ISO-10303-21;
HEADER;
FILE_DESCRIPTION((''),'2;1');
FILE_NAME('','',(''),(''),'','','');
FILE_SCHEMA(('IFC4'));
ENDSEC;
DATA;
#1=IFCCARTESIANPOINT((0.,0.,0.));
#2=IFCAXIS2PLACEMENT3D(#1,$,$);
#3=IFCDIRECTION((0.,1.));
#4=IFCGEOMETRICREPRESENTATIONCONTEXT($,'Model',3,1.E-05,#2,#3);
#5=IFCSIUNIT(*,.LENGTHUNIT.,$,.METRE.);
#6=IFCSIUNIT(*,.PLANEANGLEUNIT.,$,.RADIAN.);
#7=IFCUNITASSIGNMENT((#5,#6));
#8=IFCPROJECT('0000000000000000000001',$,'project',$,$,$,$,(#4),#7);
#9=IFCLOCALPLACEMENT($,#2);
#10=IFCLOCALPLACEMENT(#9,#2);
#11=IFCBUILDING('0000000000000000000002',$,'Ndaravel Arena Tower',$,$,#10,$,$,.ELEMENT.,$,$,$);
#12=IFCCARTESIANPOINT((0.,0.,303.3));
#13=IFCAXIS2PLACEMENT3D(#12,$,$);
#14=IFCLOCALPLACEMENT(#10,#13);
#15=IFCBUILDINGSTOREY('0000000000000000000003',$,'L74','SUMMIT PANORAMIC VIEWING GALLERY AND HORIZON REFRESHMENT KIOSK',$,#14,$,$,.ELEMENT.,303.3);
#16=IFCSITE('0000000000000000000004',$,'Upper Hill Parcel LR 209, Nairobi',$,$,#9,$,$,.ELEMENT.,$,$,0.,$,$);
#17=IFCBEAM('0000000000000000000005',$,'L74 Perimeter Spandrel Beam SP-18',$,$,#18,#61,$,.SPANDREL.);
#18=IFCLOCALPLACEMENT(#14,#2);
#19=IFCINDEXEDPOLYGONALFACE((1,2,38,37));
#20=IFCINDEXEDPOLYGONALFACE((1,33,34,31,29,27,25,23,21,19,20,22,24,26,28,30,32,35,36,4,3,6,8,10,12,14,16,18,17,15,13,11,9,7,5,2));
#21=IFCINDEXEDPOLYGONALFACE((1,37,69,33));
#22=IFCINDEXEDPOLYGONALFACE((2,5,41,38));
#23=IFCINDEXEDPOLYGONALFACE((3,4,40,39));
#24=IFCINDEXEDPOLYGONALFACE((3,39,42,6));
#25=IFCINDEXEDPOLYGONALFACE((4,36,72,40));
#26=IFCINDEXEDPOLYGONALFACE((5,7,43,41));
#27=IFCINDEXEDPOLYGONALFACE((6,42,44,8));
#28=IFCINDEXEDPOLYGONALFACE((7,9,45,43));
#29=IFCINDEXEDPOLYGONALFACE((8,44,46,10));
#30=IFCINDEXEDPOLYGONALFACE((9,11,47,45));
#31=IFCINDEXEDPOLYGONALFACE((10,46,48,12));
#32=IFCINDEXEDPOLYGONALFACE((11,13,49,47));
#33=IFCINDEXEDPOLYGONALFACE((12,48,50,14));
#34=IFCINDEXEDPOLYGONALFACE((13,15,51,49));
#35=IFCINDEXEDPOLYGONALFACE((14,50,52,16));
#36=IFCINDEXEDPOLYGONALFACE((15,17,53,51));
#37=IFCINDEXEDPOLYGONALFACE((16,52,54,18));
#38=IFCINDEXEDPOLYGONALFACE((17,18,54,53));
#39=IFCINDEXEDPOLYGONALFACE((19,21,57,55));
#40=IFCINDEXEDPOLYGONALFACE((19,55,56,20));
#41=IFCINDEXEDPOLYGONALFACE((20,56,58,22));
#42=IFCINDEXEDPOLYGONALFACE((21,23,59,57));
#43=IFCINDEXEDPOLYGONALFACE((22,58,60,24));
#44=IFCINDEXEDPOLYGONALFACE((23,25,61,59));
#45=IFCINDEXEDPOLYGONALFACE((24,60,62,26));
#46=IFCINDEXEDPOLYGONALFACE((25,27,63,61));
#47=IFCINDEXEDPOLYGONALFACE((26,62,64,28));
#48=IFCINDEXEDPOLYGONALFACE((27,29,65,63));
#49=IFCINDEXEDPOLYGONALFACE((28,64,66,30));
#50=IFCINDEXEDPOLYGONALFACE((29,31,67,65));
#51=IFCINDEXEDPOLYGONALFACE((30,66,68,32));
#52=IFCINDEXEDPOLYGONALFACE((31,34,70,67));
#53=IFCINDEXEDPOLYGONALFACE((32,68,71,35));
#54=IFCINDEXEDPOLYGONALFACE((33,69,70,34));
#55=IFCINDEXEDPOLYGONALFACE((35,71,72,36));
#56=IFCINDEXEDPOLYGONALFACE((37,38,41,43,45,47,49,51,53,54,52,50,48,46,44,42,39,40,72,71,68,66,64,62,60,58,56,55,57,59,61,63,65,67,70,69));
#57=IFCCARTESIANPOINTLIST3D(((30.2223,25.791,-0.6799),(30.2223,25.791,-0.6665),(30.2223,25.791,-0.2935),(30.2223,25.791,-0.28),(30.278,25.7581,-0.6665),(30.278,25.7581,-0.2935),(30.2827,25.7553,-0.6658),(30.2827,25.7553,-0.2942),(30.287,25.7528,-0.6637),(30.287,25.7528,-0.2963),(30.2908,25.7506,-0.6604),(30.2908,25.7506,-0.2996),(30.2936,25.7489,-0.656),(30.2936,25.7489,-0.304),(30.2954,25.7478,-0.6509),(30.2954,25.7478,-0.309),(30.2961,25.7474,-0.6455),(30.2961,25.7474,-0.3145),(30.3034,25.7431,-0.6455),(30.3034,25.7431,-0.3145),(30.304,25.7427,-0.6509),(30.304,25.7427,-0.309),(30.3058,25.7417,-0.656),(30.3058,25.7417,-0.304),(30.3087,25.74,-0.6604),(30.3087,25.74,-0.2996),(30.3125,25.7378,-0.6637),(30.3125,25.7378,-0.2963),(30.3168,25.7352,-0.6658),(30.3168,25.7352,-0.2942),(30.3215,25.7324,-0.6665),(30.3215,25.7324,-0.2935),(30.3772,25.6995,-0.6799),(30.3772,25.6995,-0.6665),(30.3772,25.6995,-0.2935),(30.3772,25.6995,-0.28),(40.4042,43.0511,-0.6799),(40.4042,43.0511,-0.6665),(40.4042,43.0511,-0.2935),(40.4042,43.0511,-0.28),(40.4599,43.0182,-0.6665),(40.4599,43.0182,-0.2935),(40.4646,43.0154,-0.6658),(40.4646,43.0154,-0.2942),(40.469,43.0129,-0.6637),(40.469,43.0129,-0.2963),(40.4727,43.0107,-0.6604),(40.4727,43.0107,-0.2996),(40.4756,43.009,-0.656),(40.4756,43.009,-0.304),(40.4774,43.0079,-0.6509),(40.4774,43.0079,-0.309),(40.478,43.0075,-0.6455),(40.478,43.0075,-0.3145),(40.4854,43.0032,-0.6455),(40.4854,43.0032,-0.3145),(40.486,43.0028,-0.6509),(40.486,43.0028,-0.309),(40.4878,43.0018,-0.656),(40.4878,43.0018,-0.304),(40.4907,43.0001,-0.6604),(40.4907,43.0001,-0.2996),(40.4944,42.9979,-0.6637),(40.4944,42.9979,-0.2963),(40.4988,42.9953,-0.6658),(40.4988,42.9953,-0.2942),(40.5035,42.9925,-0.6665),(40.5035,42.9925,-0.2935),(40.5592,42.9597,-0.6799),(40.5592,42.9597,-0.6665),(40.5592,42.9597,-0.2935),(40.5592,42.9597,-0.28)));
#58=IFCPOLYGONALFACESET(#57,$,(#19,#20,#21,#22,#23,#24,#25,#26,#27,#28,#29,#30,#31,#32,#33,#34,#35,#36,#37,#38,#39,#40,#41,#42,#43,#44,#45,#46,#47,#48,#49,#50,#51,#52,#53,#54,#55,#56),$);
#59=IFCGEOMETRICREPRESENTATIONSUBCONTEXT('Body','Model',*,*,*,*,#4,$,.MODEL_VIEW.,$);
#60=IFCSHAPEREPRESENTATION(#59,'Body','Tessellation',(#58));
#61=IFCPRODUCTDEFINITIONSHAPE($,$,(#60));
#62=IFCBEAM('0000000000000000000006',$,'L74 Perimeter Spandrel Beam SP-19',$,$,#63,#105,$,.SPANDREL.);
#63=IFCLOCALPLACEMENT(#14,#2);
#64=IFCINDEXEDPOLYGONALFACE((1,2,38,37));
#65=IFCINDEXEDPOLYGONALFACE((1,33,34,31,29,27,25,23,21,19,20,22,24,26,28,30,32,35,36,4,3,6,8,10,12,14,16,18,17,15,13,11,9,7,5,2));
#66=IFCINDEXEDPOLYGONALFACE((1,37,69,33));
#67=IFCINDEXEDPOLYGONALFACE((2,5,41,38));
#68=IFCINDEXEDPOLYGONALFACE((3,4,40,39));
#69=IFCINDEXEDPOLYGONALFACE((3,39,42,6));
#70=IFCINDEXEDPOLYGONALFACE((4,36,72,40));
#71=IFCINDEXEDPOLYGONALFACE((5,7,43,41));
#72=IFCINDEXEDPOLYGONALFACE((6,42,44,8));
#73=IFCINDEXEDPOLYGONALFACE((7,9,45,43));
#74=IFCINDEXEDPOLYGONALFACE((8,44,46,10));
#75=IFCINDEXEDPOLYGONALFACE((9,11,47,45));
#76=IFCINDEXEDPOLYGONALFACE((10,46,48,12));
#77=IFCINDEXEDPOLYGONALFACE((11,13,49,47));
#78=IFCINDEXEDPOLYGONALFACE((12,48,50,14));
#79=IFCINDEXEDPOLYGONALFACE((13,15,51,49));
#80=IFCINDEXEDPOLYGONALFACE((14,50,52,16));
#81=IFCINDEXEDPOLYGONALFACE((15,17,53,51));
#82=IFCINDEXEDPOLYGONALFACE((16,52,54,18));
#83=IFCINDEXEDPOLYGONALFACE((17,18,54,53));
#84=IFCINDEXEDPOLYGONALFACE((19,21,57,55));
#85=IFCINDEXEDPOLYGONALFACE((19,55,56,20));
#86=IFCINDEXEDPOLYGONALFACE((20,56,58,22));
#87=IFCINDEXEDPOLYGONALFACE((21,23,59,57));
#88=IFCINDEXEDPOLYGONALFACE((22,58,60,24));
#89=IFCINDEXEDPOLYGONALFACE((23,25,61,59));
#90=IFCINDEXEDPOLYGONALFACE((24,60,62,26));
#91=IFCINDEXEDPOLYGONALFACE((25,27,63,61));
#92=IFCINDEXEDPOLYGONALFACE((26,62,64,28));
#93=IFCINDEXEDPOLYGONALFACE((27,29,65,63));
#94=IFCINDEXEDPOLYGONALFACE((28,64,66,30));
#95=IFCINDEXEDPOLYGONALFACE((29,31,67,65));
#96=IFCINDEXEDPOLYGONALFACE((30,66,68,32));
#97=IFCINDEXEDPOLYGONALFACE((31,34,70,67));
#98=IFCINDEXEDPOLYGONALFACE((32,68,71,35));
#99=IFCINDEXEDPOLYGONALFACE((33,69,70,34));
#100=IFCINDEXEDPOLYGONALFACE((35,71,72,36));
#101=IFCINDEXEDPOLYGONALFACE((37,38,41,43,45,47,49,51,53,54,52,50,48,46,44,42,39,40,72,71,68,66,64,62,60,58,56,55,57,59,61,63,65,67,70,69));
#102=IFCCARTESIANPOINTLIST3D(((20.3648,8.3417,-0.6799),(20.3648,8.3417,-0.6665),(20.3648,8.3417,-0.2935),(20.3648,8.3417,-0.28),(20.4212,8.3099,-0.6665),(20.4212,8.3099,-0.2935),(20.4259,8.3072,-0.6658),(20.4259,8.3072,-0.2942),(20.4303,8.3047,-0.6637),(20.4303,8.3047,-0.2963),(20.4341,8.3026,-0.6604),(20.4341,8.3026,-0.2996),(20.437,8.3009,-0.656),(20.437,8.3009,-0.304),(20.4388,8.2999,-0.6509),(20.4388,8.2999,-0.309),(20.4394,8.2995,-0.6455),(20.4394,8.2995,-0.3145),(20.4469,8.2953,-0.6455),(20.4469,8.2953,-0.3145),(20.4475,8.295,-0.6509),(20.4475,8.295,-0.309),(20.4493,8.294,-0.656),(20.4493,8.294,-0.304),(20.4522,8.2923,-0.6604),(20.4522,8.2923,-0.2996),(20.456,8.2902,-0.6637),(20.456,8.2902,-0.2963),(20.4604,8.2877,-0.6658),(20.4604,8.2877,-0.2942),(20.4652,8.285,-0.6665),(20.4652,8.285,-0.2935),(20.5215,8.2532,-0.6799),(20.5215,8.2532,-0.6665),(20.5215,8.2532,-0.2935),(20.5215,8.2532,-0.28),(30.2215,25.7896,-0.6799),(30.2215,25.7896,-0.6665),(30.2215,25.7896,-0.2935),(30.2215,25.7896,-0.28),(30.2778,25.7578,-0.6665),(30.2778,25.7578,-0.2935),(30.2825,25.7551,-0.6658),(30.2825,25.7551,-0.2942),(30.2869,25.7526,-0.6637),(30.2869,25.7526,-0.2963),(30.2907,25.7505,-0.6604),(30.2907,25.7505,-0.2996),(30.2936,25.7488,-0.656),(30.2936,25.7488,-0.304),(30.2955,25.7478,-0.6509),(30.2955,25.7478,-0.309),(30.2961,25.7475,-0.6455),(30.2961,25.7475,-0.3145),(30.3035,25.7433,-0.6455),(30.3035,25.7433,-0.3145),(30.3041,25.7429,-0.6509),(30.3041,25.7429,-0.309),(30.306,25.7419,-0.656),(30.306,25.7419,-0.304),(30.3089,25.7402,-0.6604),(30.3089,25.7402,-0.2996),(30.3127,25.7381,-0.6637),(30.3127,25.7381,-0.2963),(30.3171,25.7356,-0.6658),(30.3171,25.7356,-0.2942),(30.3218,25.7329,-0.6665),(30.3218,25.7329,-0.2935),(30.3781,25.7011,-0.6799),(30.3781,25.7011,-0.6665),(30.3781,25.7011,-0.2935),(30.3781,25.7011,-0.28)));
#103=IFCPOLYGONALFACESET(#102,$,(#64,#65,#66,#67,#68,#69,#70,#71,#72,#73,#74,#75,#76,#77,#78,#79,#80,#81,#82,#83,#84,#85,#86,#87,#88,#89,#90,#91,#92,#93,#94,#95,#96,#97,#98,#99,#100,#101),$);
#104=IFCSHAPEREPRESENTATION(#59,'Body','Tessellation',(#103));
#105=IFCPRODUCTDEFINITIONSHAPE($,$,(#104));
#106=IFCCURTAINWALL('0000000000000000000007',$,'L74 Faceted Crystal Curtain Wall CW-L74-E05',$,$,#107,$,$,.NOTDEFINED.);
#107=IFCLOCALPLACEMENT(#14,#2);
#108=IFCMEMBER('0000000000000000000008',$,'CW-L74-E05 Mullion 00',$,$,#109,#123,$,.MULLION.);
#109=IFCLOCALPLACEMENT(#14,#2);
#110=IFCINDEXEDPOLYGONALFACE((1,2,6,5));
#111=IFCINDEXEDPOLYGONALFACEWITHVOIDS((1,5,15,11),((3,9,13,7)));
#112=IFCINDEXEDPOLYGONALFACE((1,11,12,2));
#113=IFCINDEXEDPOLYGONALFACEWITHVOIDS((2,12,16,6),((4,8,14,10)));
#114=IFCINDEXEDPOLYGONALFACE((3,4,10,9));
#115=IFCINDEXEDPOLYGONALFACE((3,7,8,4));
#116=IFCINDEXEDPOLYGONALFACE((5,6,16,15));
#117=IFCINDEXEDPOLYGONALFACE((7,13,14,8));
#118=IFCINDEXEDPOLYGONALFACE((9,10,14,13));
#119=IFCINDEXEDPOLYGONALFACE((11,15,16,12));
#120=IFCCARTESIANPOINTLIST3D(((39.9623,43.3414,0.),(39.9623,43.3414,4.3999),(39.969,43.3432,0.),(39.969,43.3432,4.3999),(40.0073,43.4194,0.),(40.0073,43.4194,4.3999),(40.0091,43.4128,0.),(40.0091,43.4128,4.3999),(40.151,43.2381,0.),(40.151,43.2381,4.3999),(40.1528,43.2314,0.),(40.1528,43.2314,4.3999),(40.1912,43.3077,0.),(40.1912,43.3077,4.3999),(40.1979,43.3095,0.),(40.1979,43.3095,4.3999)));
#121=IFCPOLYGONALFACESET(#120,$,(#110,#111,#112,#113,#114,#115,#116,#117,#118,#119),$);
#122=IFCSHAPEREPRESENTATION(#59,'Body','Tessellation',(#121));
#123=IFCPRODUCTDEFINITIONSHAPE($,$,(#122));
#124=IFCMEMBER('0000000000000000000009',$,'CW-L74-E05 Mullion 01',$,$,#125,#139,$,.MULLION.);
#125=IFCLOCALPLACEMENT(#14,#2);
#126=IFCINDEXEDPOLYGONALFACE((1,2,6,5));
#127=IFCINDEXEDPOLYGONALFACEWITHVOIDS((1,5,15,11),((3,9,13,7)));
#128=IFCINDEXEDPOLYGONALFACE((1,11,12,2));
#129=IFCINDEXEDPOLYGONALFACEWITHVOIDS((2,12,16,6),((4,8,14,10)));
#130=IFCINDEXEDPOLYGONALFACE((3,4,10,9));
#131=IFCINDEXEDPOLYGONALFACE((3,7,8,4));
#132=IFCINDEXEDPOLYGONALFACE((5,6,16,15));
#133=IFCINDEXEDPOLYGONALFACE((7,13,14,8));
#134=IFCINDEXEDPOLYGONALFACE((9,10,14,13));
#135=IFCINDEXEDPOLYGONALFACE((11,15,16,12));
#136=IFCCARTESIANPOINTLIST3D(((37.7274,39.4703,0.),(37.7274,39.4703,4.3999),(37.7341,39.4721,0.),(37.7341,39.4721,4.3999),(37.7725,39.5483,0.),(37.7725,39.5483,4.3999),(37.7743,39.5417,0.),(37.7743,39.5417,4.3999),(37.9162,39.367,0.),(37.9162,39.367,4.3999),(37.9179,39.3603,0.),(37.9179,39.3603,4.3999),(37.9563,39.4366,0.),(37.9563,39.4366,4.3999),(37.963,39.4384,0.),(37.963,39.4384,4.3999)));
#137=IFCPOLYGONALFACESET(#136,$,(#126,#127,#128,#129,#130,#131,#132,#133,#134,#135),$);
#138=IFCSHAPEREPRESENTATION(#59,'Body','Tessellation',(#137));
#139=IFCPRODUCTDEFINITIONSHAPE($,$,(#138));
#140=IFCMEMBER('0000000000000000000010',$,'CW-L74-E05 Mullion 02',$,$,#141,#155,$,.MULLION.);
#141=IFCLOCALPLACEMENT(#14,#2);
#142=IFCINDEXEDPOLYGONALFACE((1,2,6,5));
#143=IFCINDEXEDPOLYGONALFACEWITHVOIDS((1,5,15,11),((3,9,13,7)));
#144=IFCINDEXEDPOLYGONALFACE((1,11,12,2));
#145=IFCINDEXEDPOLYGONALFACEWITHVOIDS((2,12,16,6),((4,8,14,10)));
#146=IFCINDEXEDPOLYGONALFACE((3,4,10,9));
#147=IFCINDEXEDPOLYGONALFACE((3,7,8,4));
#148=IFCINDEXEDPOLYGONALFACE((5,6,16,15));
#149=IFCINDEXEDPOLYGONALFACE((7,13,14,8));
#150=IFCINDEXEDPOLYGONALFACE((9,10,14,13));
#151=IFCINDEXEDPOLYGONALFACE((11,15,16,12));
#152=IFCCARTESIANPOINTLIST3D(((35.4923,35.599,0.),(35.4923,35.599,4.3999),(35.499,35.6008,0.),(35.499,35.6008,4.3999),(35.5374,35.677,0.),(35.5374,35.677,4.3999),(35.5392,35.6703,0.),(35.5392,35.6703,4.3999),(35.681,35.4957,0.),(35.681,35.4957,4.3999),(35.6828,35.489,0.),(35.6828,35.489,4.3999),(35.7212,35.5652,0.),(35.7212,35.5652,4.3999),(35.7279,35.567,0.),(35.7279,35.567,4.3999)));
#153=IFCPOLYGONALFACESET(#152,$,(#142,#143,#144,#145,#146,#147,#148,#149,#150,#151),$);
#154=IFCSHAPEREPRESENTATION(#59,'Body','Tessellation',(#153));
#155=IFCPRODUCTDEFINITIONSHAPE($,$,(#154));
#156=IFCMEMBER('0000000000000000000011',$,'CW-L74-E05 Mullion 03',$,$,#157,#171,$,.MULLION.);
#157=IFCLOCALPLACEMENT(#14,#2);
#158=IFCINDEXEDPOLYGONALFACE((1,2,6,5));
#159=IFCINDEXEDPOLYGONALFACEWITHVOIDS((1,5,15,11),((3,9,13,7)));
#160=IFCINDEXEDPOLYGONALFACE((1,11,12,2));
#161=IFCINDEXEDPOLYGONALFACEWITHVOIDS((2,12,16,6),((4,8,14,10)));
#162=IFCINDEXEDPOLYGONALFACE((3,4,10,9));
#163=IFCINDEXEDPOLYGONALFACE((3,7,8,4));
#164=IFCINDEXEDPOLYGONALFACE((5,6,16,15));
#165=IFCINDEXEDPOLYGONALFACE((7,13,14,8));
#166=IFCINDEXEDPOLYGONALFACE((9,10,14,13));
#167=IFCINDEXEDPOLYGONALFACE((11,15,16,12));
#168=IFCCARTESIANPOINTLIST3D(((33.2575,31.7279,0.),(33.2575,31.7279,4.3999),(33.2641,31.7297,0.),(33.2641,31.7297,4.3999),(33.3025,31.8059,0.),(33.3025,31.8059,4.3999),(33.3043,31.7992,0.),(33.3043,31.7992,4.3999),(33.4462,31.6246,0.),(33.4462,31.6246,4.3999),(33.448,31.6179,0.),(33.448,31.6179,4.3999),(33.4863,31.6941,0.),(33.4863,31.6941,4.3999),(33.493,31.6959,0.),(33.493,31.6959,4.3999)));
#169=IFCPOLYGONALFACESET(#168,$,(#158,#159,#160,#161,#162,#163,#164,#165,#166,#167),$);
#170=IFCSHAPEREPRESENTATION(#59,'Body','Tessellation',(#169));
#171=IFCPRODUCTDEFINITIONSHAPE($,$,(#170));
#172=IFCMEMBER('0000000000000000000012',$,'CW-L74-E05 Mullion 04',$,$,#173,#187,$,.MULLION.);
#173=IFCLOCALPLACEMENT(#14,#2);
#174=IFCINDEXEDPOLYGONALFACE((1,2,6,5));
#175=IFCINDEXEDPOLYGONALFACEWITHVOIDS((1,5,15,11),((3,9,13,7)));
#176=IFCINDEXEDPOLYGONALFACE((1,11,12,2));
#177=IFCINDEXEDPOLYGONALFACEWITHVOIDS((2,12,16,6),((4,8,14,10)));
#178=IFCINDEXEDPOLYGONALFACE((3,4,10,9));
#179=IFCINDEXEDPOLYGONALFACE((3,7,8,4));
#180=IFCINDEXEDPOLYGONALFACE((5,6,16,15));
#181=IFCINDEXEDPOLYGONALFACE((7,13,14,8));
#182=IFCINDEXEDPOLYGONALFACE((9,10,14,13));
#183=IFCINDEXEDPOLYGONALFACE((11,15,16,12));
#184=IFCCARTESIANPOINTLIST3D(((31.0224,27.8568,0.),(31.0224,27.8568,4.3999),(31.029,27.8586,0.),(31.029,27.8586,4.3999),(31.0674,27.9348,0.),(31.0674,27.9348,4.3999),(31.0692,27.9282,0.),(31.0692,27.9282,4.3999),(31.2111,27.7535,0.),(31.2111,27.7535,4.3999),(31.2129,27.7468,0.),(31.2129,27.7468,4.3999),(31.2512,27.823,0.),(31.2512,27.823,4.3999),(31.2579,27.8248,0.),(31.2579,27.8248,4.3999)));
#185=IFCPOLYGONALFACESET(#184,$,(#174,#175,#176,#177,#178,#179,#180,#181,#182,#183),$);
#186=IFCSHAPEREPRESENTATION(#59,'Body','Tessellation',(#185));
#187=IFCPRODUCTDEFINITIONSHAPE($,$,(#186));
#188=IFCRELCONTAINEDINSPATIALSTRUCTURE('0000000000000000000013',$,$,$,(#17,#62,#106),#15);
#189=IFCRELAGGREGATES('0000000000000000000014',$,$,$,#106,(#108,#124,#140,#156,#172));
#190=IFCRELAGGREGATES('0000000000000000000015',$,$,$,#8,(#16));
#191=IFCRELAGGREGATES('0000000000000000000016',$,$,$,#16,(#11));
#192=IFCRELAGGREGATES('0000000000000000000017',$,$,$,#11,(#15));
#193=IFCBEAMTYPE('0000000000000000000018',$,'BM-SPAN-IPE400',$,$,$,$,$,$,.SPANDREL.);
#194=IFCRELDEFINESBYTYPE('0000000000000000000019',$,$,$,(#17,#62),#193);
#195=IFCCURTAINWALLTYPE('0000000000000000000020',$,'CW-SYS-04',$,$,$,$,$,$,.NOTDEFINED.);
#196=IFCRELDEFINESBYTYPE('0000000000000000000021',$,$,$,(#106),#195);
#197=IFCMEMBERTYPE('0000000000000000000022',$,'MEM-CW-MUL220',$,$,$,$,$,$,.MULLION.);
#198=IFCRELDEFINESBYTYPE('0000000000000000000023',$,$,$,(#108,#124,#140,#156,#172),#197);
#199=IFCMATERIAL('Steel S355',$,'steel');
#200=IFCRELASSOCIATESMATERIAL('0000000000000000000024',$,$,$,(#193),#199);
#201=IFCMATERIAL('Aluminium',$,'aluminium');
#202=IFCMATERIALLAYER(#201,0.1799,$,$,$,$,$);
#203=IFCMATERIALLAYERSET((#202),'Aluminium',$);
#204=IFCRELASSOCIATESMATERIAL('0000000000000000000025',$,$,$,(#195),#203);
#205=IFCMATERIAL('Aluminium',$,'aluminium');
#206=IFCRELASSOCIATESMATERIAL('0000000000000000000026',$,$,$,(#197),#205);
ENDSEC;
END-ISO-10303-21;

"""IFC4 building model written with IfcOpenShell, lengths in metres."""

from ifc_helpers import new_model, si_unit, direction, frame, origin, origin_2d, place, context, subcontext, project, spatial, hollow_rectangle, i_section, extrude, material, layer, layer_set, material_profile, profile_set, type_object, element, aggregate, save


model = new_model("IFC4")

# Units and contexts
model_context = context("Model", 3, precision=1e-05, world=origin(), true_north=direction((0.0, 1.0)))
body_context = subcontext(model_context, "Body", "Model", "MODEL_VIEW")
ifc_project = project(units=[si_unit("LENGTHUNIT", "METRE"), si_unit("PLANEANGLEUNIT", "RADIAN")], contexts=[model_context])

# Site, building, storey
site_placement = place(None, origin())
site = spatial("IfcSite", under=ifc_project, at=site_placement, Name="Upper Hill Parcel LR 209, Nairobi", CompositionType="ELEMENT", RefElevation=0.0)
building_placement = place(site_placement, origin())
building = spatial("IfcBuilding", under=site, at=building_placement, Name="Ndaravel Arena Tower", CompositionType="ELEMENT")
storey_placement = place(building_placement, frame((0.0, 0.0, 303.3)))
storey = spatial("IfcBuildingStorey", under=building, at=storey_placement, Name="L74", Description="SUMMIT PANORAMIC VIEWING GALLERY AND HORIZON REFRESHMENT KIOSK", CompositionType="ELEMENT", Elevation=303.3)

# Beams
ifc_material_1 = material(Name="Steel S355", Category="steel")
ifc_material_profile_1 = material_profile(ifc_material_1, i_section(OverallWidth=0.1799, OverallDepth=0.3999, WebThickness=0.0085, FlangeThickness=0.0134, FilletRadius=0.021, at=origin_2d()), Name="IPE 400")
ifc_profile_set_1 = profile_set([ifc_material_profile_1], Name="Steel S355")
beam_type_1 = type_object("IfcBeamType", Name="BM-SPAN-IPE400", PredefinedType="SPANDREL", material=ifc_profile_set_1)
for number, where, z_axis, x_axis, name in (
    (1, (40.4817, 43.0054, -0.48), (-0.508093, -0.861302, 0.0), (0.861302, -0.508093, 0.0), "L74 Perimeter Spandrel Beam SP-18"),
    (2, (30.2998, 25.7454, -0.48), (-0.49186, -0.870674, 0.0), (0.870674, -0.49186, 0.0), "L74 Perimeter Spandrel Beam SP-19"),
):
    element("IfcBeam", number, at=place(storey_placement, frame(where, z_axis=z_axis, x_axis=x_axis)), inside=storey, type_object=beam_type_1, Name=name, PredefinedType="SPANDREL", context=body_context, shape_type="SweptSolid", body=[
        extrude(i_section(OverallWidth=0.1799, OverallDepth=0.3999, WebThickness=0.0085, FlangeThickness=0.0134, FilletRadius=0.021, at=origin_2d()), origin(), (0.0, 0.0, 1.0), 20.0396),
    ])

# Curtain wall, members
ifc_material_2 = material(Name="Aluminium", Category="aluminium")
ifc_layer_1 = layer(ifc_material_2, 0.1799)
ifc_layer_set_1 = layer_set([ifc_layer_1], Name="Aluminium")
curtain_wall_type = type_object("IfcCurtainWallType", Name="CW-SYS-04", PredefinedType="NOTDEFINED", material=ifc_layer_set_1)
curtain_wall_1_placement = place(storey_placement, origin())
curtain_wall_1 = element("IfcCurtainWall", 3, at=curtain_wall_1_placement, inside=storey, type_object=curtain_wall_type, Name="L74 Faceted Crystal Curtain Wall CW-L74-E05", PredefinedType="NOTDEFINED")
ifc_material_3 = material(Name="Aluminium", Category="aluminium")
ifc_material_profile_2 = material_profile(ifc_material_3, hollow_rectangle(XDim=0.0901, YDim=0.22, WallThickness=0.0049, at=origin_2d()), Name="CW MULLION 90x220x5")
ifc_profile_set_2 = profile_set([ifc_material_profile_2], Name="Aluminium")
member_type_1 = type_object("IfcMemberType", Name="MEM-CW-MUL220", PredefinedType="MULLION", material=ifc_profile_set_2)
member_1_placement = place(storey_placement, frame((40.0801, 43.3254, 0.0), z_axis=(0.0, 0.0, 1.0), x_axis=(-0.5, -0.866025, 0.0)))
member_1 = element("IfcMember", 4, at=member_1_placement, type_object=member_type_1, Name="CW-L74-E05 Mullion 00", PredefinedType="MULLION", context=body_context, shape_type="SweptSolid", body=[
    extrude(hollow_rectangle(XDim=0.0901, YDim=0.22, WallThickness=0.0049, at=origin_2d()), origin(), (0.0, 0.0, 1.0), 4.3999),
])
member_2_placement = place(storey_placement, frame((37.8452, 39.4543, 0.0), z_axis=(0.0, 0.0, 1.0), x_axis=(-0.5, -0.866025, 0.0)))
member_2 = element("IfcMember", 5, at=member_2_placement, type_object=member_type_1, Name="CW-L74-E05 Mullion 01", PredefinedType="MULLION", context=body_context, shape_type="SweptSolid", body=[
    extrude(hollow_rectangle(XDim=0.0901, YDim=0.22, WallThickness=0.0049, at=origin_2d()), origin(), (0.0, 0.0, 1.0), 4.3999),
])
member_3_placement = place(storey_placement, frame((35.6101, 35.583, 0.0), z_axis=(0.0, 0.0, 1.0), x_axis=(-0.5, -0.866025, 0.0)))
member_3 = element("IfcMember", 6, at=member_3_placement, type_object=member_type_1, Name="CW-L74-E05 Mullion 02", PredefinedType="MULLION", context=body_context, shape_type="SweptSolid", body=[
    extrude(hollow_rectangle(XDim=0.0901, YDim=0.22, WallThickness=0.0049, at=origin_2d()), origin(), (0.0, 0.0, 1.0), 4.3999),
])
member_4_placement = place(storey_placement, frame((33.3752, 31.7119, 0.0), z_axis=(0.0, 0.0, 1.0), x_axis=(-0.5, -0.866025, 0.0)))
member_4 = element("IfcMember", 7, at=member_4_placement, type_object=member_type_1, Name="CW-L74-E05 Mullion 03", PredefinedType="MULLION", context=body_context, shape_type="SweptSolid", body=[
    extrude(hollow_rectangle(XDim=0.0901, YDim=0.22, WallThickness=0.0049, at=origin_2d()), origin(), (0.0, 0.0, 1.0), 4.3999),
])
member_5_placement = place(storey_placement, frame((31.1401, 27.8408, 0.0), z_axis=(0.0, 0.0, 1.0), x_axis=(-0.5, -0.866025, 0.0)))
member_5 = element("IfcMember", 8, at=member_5_placement, type_object=member_type_1, Name="CW-L74-E05 Mullion 04", PredefinedType="MULLION", context=body_context, shape_type="SweptSolid", body=[
    extrude(hollow_rectangle(XDim=0.0901, YDim=0.22, WallThickness=0.0049, at=origin_2d()), origin(), (0.0, 0.0, 1.0), 4.3999),
])

aggregate(curtain_wall_1, [member_1, member_2, member_3, member_4, member_5])

save(model, "model.ifc")
